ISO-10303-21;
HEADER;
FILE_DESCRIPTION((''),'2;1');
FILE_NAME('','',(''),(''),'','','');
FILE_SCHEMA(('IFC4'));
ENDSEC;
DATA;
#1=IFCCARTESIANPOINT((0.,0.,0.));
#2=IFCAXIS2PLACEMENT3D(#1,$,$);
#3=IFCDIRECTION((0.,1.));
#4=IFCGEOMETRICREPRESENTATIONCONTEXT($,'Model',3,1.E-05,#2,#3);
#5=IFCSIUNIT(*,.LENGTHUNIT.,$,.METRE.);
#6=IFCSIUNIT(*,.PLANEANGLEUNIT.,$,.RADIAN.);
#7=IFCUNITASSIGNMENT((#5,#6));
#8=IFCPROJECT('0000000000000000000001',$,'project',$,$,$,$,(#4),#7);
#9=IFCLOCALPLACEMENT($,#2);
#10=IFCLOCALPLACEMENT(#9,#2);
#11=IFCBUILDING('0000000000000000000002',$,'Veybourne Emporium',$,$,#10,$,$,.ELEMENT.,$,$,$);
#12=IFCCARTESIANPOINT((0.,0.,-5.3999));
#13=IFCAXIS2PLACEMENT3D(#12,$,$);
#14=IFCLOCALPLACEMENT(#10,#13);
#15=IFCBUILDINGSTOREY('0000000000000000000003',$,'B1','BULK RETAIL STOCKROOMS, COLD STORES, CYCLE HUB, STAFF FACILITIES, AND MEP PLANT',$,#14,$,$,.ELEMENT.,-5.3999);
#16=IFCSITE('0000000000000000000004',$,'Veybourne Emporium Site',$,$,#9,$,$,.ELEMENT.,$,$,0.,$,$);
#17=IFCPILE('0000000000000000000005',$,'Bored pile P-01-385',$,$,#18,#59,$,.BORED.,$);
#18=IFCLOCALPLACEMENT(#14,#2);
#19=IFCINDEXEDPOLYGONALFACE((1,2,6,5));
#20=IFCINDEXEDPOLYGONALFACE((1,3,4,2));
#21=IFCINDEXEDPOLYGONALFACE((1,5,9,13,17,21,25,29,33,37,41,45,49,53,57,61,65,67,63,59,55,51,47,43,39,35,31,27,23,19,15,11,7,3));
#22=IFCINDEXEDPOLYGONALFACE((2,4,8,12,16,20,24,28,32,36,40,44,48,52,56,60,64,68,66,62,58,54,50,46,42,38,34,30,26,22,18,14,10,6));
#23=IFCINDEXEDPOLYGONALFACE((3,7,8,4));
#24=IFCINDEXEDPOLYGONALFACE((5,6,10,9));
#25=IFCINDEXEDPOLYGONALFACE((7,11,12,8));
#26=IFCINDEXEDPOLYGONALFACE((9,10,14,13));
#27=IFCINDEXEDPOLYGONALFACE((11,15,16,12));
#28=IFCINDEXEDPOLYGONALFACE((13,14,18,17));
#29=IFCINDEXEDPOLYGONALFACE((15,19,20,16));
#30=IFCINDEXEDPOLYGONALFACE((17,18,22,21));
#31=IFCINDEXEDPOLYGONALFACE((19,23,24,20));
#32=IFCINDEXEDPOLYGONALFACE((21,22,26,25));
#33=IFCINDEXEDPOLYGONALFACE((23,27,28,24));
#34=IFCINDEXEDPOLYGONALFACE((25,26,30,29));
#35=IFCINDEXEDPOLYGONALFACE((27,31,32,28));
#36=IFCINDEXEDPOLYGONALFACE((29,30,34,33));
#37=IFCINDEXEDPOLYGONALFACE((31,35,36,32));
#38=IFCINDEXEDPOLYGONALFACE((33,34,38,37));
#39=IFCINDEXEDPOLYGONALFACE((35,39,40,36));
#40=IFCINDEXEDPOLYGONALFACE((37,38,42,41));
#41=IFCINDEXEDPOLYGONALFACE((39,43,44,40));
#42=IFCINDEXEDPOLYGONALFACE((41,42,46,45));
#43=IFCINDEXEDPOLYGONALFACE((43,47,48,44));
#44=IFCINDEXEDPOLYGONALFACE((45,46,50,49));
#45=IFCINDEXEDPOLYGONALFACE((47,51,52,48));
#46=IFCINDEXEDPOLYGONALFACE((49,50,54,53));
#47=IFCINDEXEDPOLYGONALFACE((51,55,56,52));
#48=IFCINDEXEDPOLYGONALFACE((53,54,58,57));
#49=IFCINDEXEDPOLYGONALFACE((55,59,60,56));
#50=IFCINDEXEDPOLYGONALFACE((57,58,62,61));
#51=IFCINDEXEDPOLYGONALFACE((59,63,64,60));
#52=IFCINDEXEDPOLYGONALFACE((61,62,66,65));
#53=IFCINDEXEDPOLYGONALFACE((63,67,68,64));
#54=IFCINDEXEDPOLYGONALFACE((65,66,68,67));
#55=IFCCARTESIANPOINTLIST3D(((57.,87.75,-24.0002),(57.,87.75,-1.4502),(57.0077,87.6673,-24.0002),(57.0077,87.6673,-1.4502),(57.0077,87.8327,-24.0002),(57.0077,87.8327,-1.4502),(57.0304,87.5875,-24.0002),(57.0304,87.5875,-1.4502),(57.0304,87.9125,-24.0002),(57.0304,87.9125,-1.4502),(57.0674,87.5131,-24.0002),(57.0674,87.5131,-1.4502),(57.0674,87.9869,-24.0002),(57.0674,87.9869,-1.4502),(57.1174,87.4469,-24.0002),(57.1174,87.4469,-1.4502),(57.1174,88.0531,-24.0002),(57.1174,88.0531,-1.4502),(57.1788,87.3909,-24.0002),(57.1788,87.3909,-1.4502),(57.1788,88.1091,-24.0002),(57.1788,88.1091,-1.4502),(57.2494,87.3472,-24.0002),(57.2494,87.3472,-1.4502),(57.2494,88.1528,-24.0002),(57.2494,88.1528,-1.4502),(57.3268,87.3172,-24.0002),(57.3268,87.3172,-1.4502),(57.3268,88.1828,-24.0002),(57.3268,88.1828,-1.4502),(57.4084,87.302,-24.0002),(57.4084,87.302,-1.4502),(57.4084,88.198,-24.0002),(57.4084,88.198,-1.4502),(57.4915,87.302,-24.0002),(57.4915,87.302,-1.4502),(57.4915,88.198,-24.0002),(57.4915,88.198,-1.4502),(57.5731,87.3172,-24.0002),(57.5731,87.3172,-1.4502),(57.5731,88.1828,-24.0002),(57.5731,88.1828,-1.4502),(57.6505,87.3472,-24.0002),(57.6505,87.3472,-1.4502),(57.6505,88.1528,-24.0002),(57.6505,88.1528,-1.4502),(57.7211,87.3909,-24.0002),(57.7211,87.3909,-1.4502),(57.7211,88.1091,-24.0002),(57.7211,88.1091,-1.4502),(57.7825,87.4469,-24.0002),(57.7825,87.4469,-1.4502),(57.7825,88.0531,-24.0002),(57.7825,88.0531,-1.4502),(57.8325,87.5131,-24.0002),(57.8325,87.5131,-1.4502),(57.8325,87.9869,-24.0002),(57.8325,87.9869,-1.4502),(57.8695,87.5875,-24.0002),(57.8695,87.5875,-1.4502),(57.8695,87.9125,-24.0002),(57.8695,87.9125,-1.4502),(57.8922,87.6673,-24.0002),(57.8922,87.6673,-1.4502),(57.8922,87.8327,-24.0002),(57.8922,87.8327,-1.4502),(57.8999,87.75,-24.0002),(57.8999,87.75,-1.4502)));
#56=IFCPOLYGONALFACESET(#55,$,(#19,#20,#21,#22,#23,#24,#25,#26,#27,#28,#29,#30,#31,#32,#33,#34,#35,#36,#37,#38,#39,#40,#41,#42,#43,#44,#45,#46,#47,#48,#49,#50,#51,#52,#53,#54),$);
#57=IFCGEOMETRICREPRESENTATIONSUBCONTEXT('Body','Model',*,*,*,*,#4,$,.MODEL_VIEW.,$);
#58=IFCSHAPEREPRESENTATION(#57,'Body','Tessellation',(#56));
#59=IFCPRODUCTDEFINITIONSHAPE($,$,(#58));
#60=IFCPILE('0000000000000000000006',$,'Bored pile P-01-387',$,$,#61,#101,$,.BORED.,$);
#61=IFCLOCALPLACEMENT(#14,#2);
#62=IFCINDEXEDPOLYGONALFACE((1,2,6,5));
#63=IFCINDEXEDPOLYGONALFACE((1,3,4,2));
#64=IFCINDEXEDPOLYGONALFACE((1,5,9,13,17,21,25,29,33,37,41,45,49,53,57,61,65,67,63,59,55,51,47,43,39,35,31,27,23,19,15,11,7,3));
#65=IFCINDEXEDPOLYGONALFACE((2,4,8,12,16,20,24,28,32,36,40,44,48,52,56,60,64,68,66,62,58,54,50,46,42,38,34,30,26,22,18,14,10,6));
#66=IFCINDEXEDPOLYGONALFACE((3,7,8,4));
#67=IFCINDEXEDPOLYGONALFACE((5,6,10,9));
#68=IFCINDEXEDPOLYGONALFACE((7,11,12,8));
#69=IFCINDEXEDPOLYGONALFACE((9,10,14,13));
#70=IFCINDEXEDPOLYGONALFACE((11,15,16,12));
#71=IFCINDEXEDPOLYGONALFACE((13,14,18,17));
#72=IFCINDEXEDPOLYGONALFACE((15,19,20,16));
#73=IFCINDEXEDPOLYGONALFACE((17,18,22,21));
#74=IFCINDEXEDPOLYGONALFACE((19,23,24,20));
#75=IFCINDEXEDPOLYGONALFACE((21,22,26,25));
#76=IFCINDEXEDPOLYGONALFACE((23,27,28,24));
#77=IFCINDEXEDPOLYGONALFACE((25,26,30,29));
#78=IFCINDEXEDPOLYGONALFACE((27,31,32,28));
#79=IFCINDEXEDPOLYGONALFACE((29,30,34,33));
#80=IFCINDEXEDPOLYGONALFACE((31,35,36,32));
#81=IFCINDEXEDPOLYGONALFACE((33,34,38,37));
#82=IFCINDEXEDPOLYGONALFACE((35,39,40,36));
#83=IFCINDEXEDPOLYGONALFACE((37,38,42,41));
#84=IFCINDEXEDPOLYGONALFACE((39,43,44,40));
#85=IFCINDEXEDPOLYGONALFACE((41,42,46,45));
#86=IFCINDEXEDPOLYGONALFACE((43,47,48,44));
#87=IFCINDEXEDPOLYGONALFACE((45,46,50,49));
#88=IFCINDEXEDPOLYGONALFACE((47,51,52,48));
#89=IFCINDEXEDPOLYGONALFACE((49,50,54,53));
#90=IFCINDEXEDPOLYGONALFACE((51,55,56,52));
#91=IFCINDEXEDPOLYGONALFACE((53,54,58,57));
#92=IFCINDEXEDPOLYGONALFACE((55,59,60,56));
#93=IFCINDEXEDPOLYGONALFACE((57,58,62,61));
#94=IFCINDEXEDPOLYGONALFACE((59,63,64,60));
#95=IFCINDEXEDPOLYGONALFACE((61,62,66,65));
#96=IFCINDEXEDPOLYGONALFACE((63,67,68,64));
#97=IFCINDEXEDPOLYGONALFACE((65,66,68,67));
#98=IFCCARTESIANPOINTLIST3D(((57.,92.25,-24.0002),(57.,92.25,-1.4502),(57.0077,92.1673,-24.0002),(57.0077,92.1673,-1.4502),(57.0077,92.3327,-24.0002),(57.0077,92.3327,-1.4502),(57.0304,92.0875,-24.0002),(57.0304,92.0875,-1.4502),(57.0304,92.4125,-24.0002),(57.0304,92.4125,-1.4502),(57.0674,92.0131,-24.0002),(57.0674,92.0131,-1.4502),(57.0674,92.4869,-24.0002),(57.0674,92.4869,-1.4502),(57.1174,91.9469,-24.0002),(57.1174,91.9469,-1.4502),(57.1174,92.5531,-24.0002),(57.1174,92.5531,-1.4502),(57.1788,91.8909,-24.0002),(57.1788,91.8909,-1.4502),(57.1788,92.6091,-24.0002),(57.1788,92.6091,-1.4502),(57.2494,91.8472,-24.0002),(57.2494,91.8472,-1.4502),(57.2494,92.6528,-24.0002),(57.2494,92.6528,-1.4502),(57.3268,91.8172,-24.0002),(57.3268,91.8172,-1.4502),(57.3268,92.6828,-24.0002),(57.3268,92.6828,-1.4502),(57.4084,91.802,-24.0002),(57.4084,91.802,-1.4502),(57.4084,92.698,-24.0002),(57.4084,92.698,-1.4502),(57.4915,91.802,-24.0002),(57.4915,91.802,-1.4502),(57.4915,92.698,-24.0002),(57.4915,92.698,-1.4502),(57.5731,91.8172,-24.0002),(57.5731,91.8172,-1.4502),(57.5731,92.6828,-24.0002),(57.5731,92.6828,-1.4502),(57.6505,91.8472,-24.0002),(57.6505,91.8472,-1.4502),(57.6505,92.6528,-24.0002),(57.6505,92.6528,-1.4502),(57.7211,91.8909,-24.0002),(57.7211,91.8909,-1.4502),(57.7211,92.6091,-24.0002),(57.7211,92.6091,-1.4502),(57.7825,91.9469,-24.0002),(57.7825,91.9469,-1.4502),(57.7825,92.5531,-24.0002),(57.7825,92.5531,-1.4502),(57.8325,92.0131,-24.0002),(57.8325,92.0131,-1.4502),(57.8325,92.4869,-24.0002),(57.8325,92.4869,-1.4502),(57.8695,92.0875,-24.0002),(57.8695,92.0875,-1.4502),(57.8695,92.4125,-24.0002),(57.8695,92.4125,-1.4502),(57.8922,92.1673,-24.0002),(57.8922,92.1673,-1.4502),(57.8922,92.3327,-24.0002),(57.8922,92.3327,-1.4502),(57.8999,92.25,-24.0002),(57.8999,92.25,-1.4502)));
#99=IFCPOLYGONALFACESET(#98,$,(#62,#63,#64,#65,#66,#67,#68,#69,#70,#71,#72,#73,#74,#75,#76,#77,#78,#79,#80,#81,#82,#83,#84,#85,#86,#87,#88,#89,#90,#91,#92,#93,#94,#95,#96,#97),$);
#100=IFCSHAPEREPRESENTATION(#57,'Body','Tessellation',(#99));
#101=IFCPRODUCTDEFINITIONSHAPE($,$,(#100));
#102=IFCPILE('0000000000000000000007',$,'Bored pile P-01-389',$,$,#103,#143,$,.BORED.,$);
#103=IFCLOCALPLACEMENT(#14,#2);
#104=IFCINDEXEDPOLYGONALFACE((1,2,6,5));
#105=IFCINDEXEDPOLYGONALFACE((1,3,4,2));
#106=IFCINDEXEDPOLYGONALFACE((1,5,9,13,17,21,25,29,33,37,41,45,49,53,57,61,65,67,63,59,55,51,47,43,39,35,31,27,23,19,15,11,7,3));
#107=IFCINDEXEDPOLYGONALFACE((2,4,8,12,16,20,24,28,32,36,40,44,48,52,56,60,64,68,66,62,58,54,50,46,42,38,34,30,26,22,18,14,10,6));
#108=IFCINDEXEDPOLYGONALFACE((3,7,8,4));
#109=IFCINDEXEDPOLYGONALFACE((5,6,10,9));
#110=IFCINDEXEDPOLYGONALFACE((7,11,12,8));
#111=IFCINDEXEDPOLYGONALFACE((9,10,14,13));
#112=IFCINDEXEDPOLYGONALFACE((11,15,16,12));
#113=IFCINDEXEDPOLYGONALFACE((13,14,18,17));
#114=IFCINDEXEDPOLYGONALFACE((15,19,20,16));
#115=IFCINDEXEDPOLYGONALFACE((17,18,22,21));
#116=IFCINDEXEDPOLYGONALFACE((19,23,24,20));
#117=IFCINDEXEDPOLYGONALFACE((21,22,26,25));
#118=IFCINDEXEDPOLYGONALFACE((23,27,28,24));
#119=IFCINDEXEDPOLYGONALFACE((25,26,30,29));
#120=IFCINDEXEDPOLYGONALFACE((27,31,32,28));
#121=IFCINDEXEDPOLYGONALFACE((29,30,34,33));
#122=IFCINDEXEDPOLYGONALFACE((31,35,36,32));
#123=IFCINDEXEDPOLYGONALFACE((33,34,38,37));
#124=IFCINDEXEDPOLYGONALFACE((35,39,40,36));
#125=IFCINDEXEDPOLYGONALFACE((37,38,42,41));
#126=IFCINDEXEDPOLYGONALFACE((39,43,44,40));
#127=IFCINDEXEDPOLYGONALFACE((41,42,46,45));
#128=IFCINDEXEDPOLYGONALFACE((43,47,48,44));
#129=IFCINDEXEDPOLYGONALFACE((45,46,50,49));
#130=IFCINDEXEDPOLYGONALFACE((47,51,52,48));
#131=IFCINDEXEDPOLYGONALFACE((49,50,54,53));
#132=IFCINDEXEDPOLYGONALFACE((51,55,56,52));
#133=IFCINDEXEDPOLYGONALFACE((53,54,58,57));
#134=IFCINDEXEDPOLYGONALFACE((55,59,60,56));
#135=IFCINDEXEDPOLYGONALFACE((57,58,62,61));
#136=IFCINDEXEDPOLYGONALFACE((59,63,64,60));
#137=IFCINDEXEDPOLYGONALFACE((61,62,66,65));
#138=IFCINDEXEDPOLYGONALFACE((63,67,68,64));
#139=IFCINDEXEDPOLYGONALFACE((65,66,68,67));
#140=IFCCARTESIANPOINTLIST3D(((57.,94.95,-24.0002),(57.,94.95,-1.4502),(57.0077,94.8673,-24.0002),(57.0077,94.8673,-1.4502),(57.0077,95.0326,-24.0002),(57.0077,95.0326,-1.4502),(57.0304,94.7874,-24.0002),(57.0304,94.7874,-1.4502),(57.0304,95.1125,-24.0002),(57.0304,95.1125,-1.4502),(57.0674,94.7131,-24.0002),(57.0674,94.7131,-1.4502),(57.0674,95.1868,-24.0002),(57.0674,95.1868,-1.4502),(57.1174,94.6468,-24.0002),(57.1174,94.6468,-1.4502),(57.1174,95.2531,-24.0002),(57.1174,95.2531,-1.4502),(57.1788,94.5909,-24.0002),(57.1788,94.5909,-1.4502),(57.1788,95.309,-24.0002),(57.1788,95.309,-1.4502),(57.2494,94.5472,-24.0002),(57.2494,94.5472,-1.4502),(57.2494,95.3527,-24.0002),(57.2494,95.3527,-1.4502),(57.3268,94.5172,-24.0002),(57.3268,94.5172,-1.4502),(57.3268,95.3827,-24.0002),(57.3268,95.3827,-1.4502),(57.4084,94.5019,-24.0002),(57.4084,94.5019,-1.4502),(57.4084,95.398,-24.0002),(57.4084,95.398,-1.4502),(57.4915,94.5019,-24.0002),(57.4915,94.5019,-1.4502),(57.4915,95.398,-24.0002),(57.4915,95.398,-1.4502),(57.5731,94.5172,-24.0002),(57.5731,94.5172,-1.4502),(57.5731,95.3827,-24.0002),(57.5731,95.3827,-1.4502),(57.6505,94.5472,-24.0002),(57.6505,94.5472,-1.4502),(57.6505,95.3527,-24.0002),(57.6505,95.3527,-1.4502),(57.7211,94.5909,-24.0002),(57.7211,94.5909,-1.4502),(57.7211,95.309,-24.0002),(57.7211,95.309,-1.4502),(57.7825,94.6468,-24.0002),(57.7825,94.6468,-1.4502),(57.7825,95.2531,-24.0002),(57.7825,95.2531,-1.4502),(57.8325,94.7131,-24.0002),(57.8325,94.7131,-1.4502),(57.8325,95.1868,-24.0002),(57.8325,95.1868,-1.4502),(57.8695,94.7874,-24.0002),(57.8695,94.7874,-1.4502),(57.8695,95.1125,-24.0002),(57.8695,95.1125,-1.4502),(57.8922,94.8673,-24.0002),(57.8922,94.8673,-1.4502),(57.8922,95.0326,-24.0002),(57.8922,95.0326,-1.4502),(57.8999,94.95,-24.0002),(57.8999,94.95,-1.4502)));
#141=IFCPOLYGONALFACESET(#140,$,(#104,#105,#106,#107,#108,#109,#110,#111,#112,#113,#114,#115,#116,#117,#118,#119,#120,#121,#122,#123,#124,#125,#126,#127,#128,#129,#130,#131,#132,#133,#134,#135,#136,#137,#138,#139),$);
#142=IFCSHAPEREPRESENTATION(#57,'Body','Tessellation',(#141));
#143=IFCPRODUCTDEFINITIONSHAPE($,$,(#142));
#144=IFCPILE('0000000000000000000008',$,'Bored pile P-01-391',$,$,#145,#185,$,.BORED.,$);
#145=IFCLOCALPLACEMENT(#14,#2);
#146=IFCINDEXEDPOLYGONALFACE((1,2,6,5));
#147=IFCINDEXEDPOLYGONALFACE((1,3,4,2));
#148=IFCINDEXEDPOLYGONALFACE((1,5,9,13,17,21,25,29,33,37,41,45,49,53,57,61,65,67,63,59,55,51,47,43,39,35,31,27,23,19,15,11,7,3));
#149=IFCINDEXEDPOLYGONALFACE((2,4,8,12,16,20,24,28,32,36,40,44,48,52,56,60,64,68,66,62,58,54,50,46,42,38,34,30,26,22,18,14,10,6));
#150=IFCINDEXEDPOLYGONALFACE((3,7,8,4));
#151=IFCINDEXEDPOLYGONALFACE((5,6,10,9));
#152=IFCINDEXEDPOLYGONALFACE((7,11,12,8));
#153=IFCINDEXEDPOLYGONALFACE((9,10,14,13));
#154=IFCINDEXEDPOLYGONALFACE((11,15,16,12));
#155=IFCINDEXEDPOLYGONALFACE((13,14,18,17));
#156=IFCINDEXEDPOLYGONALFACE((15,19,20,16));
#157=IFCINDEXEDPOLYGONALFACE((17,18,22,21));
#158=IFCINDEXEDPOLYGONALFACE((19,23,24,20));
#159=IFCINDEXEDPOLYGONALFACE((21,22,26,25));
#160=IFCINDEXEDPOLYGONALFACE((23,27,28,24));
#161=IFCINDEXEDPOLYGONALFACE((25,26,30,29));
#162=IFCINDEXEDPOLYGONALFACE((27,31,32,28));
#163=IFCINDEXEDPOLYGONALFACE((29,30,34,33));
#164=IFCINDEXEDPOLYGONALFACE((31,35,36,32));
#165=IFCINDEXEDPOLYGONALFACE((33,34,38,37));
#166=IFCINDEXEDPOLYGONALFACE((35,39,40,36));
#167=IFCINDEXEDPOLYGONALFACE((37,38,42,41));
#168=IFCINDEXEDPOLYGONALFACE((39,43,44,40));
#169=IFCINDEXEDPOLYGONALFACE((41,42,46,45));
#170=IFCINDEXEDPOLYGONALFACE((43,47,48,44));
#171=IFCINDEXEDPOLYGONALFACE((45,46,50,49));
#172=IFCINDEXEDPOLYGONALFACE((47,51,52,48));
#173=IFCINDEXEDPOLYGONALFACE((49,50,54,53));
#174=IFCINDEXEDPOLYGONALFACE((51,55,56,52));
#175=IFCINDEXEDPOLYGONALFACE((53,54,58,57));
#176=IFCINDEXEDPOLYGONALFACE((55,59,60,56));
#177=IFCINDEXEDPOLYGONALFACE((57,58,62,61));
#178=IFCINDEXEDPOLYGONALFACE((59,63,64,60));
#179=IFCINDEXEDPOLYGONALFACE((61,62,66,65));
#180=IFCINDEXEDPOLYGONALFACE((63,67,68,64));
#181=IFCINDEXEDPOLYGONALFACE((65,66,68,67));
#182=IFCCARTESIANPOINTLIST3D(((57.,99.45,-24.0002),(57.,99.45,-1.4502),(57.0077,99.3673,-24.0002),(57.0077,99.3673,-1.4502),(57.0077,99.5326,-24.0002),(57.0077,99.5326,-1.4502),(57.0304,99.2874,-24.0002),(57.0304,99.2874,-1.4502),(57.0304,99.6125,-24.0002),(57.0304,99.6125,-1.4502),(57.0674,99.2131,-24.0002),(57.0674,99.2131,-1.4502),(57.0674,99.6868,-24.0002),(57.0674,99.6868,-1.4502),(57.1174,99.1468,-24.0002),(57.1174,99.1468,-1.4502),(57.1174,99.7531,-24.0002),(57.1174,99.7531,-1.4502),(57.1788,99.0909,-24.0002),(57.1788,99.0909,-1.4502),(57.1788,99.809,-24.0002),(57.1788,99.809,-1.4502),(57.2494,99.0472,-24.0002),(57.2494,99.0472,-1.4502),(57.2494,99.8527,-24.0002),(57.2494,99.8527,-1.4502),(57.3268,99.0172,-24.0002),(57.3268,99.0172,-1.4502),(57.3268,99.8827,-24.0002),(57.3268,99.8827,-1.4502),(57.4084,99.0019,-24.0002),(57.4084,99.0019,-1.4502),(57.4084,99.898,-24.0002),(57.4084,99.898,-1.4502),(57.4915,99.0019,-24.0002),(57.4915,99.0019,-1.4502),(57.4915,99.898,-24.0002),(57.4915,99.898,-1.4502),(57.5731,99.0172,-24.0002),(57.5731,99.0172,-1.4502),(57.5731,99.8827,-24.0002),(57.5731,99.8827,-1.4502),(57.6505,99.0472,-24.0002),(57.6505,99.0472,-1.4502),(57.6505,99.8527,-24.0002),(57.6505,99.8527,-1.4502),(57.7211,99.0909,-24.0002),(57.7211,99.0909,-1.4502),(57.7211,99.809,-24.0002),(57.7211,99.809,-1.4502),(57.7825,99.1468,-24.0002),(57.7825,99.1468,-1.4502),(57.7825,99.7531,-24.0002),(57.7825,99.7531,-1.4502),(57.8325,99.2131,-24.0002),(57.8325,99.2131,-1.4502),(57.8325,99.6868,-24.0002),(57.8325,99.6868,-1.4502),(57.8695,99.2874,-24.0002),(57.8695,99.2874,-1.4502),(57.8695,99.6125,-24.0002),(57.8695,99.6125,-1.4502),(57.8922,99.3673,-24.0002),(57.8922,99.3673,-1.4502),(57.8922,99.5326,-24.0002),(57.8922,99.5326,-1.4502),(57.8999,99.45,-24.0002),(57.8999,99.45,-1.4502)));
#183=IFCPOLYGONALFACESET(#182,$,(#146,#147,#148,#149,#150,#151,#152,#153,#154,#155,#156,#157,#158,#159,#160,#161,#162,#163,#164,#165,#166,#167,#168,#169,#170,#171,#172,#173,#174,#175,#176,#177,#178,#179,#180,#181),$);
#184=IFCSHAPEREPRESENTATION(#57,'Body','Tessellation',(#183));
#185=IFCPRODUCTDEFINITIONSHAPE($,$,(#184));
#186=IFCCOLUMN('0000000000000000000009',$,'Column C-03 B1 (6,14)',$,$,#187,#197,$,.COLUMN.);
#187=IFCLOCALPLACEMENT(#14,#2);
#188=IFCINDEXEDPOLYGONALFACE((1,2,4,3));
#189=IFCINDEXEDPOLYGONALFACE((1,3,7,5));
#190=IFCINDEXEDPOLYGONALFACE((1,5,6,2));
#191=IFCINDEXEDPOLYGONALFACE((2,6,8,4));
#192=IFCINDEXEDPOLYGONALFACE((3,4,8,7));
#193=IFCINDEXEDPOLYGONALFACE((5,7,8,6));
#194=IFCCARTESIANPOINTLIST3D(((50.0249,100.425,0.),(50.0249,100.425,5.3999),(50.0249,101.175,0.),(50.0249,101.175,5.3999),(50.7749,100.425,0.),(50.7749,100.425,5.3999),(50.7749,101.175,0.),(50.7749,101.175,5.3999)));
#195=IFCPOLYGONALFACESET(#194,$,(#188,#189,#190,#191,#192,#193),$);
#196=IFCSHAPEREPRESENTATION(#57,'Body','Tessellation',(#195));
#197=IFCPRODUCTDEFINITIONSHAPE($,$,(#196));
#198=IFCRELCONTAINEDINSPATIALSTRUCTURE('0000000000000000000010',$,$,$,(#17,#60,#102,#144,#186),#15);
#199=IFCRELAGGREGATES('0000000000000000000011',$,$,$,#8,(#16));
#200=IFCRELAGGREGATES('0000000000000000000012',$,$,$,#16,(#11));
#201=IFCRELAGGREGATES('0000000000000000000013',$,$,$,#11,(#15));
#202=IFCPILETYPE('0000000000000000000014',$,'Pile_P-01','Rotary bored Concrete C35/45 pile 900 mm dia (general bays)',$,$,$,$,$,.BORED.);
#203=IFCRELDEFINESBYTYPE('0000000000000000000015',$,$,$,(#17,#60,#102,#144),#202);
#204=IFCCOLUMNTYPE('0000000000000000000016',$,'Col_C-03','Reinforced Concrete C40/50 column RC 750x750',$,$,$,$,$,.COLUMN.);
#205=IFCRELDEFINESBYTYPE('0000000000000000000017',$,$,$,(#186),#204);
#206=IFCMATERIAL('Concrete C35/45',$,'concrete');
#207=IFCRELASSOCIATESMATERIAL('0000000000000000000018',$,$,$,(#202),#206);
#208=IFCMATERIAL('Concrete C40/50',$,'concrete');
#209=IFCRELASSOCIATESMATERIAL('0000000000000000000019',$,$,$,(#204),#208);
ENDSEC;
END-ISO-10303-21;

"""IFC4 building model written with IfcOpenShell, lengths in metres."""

from ifc_helpers import new_model, si_unit, direction, frame, origin, origin_2d, place, context, subcontext, project, spatial, rectangle, circle, extrude, material, material_profile, profile_set, type_object, element, save


model = new_model("IFC4")

# Units and contexts
model_context = context("Model", 3, precision=1e-05, world=origin(), true_north=direction((0.0, 1.0)))
body_context = subcontext(model_context, "Body", "Model", "MODEL_VIEW")
ifc_project = project(units=[si_unit("LENGTHUNIT", "METRE"), si_unit("PLANEANGLEUNIT", "RADIAN")], contexts=[model_context])

# Site, building, storey
site_placement = place(None, origin())
site = spatial("IfcSite", under=ifc_project, at=site_placement, Name="Veybourne Emporium Site", CompositionType="ELEMENT", RefElevation=0.0)
building_placement = place(site_placement, origin())
building = spatial("IfcBuilding", under=site, at=building_placement, Name="Veybourne Emporium", CompositionType="ELEMENT")
storey_placement = place(building_placement, frame((0.0, 0.0, -5.3999)))
storey = spatial("IfcBuildingStorey", under=building, at=storey_placement, Name="B1", Description="BULK RETAIL STOCKROOMS, COLD STORES, CYCLE HUB, STAFF FACILITIES, AND MEP PLANT", CompositionType="ELEMENT", Elevation=-5.3999)

# Shared definitions
ifc_material_1 = material(Name="Concrete C35/45", Category="concrete")

# Piles
ifc_material_profile_1 = material_profile(ifc_material_1, circle(Radius=0.45, at=origin_2d()), Name="BORED PILE 900")
ifc_profile_set_1 = profile_set([ifc_material_profile_1], Name="Concrete C35/45")
pile_type = type_object("IfcPileType", Name="Pile_P-01", Description="Rotary bored Concrete C35/45 pile 900 mm dia (general bays)", PredefinedType="BORED", material=ifc_profile_set_1)
for number, where, z_axis, x_axis, name in (
    (1, (57.45, 87.75, -1.4502), (0.0, 0.0, -1.0), (1.0, 0.0, 0.0), "Bored pile P-01-385"),
    (2, (57.45, 92.25, -1.4502), (0.0, 0.0, -1.0), (1.0, 0.0, 0.0), "Bored pile P-01-387"),
    (3, (57.45, 94.95, -1.4502), (0.0, 0.0, -1.0), (1.0, 0.0, 0.0), "Bored pile P-01-389"),
    (4, (57.45, 99.45, -1.4502), (0.0, 0.0, -1.0), (1.0, 0.0, 0.0), "Bored pile P-01-391"),
):
    element("IfcPile", number, at=place(storey_placement, frame(where, z_axis=z_axis, x_axis=x_axis)), inside=storey, type_object=pile_type, Name=name, PredefinedType="BORED", context=body_context, shape_type="SweptSolid", body=[
        extrude(circle(Radius=0.45, at=origin_2d()), origin(), (0.0, 0.0, 1.0), 22.55),
    ])

# Column
ifc_material_2 = material(Name="Concrete C40/50", Category="concrete")
ifc_material_profile_2 = material_profile(ifc_material_2, rectangle(XDim=0.75, YDim=0.75, at=origin_2d()), Name="RC 750x750")
ifc_profile_set_2 = profile_set([ifc_material_profile_2], Name="Concrete C40/50")
column_type = type_object("IfcColumnType", Name="Col_C-03", Description="Reinforced Concrete C40/50 column RC 750x750", PredefinedType="COLUMN", material=ifc_profile_set_2)
column_placement = place(storey_placement, frame((50.3999, 100.8, 0.0), z_axis=(0.0, 0.0, 1.0), x_axis=(1.0, 0.0, 0.0)))
element("IfcColumn", 5, at=column_placement, inside=storey, type_object=column_type, Name="Column C-03 B1 (6,14)", PredefinedType="COLUMN", context=body_context, shape_type="SweptSolid", body=[
    extrude(rectangle(XDim=0.75, YDim=0.75, at=origin_2d()), origin(), (0.0, 0.0, 1.0), 5.3999),
])

save(model, "model.ifc")
